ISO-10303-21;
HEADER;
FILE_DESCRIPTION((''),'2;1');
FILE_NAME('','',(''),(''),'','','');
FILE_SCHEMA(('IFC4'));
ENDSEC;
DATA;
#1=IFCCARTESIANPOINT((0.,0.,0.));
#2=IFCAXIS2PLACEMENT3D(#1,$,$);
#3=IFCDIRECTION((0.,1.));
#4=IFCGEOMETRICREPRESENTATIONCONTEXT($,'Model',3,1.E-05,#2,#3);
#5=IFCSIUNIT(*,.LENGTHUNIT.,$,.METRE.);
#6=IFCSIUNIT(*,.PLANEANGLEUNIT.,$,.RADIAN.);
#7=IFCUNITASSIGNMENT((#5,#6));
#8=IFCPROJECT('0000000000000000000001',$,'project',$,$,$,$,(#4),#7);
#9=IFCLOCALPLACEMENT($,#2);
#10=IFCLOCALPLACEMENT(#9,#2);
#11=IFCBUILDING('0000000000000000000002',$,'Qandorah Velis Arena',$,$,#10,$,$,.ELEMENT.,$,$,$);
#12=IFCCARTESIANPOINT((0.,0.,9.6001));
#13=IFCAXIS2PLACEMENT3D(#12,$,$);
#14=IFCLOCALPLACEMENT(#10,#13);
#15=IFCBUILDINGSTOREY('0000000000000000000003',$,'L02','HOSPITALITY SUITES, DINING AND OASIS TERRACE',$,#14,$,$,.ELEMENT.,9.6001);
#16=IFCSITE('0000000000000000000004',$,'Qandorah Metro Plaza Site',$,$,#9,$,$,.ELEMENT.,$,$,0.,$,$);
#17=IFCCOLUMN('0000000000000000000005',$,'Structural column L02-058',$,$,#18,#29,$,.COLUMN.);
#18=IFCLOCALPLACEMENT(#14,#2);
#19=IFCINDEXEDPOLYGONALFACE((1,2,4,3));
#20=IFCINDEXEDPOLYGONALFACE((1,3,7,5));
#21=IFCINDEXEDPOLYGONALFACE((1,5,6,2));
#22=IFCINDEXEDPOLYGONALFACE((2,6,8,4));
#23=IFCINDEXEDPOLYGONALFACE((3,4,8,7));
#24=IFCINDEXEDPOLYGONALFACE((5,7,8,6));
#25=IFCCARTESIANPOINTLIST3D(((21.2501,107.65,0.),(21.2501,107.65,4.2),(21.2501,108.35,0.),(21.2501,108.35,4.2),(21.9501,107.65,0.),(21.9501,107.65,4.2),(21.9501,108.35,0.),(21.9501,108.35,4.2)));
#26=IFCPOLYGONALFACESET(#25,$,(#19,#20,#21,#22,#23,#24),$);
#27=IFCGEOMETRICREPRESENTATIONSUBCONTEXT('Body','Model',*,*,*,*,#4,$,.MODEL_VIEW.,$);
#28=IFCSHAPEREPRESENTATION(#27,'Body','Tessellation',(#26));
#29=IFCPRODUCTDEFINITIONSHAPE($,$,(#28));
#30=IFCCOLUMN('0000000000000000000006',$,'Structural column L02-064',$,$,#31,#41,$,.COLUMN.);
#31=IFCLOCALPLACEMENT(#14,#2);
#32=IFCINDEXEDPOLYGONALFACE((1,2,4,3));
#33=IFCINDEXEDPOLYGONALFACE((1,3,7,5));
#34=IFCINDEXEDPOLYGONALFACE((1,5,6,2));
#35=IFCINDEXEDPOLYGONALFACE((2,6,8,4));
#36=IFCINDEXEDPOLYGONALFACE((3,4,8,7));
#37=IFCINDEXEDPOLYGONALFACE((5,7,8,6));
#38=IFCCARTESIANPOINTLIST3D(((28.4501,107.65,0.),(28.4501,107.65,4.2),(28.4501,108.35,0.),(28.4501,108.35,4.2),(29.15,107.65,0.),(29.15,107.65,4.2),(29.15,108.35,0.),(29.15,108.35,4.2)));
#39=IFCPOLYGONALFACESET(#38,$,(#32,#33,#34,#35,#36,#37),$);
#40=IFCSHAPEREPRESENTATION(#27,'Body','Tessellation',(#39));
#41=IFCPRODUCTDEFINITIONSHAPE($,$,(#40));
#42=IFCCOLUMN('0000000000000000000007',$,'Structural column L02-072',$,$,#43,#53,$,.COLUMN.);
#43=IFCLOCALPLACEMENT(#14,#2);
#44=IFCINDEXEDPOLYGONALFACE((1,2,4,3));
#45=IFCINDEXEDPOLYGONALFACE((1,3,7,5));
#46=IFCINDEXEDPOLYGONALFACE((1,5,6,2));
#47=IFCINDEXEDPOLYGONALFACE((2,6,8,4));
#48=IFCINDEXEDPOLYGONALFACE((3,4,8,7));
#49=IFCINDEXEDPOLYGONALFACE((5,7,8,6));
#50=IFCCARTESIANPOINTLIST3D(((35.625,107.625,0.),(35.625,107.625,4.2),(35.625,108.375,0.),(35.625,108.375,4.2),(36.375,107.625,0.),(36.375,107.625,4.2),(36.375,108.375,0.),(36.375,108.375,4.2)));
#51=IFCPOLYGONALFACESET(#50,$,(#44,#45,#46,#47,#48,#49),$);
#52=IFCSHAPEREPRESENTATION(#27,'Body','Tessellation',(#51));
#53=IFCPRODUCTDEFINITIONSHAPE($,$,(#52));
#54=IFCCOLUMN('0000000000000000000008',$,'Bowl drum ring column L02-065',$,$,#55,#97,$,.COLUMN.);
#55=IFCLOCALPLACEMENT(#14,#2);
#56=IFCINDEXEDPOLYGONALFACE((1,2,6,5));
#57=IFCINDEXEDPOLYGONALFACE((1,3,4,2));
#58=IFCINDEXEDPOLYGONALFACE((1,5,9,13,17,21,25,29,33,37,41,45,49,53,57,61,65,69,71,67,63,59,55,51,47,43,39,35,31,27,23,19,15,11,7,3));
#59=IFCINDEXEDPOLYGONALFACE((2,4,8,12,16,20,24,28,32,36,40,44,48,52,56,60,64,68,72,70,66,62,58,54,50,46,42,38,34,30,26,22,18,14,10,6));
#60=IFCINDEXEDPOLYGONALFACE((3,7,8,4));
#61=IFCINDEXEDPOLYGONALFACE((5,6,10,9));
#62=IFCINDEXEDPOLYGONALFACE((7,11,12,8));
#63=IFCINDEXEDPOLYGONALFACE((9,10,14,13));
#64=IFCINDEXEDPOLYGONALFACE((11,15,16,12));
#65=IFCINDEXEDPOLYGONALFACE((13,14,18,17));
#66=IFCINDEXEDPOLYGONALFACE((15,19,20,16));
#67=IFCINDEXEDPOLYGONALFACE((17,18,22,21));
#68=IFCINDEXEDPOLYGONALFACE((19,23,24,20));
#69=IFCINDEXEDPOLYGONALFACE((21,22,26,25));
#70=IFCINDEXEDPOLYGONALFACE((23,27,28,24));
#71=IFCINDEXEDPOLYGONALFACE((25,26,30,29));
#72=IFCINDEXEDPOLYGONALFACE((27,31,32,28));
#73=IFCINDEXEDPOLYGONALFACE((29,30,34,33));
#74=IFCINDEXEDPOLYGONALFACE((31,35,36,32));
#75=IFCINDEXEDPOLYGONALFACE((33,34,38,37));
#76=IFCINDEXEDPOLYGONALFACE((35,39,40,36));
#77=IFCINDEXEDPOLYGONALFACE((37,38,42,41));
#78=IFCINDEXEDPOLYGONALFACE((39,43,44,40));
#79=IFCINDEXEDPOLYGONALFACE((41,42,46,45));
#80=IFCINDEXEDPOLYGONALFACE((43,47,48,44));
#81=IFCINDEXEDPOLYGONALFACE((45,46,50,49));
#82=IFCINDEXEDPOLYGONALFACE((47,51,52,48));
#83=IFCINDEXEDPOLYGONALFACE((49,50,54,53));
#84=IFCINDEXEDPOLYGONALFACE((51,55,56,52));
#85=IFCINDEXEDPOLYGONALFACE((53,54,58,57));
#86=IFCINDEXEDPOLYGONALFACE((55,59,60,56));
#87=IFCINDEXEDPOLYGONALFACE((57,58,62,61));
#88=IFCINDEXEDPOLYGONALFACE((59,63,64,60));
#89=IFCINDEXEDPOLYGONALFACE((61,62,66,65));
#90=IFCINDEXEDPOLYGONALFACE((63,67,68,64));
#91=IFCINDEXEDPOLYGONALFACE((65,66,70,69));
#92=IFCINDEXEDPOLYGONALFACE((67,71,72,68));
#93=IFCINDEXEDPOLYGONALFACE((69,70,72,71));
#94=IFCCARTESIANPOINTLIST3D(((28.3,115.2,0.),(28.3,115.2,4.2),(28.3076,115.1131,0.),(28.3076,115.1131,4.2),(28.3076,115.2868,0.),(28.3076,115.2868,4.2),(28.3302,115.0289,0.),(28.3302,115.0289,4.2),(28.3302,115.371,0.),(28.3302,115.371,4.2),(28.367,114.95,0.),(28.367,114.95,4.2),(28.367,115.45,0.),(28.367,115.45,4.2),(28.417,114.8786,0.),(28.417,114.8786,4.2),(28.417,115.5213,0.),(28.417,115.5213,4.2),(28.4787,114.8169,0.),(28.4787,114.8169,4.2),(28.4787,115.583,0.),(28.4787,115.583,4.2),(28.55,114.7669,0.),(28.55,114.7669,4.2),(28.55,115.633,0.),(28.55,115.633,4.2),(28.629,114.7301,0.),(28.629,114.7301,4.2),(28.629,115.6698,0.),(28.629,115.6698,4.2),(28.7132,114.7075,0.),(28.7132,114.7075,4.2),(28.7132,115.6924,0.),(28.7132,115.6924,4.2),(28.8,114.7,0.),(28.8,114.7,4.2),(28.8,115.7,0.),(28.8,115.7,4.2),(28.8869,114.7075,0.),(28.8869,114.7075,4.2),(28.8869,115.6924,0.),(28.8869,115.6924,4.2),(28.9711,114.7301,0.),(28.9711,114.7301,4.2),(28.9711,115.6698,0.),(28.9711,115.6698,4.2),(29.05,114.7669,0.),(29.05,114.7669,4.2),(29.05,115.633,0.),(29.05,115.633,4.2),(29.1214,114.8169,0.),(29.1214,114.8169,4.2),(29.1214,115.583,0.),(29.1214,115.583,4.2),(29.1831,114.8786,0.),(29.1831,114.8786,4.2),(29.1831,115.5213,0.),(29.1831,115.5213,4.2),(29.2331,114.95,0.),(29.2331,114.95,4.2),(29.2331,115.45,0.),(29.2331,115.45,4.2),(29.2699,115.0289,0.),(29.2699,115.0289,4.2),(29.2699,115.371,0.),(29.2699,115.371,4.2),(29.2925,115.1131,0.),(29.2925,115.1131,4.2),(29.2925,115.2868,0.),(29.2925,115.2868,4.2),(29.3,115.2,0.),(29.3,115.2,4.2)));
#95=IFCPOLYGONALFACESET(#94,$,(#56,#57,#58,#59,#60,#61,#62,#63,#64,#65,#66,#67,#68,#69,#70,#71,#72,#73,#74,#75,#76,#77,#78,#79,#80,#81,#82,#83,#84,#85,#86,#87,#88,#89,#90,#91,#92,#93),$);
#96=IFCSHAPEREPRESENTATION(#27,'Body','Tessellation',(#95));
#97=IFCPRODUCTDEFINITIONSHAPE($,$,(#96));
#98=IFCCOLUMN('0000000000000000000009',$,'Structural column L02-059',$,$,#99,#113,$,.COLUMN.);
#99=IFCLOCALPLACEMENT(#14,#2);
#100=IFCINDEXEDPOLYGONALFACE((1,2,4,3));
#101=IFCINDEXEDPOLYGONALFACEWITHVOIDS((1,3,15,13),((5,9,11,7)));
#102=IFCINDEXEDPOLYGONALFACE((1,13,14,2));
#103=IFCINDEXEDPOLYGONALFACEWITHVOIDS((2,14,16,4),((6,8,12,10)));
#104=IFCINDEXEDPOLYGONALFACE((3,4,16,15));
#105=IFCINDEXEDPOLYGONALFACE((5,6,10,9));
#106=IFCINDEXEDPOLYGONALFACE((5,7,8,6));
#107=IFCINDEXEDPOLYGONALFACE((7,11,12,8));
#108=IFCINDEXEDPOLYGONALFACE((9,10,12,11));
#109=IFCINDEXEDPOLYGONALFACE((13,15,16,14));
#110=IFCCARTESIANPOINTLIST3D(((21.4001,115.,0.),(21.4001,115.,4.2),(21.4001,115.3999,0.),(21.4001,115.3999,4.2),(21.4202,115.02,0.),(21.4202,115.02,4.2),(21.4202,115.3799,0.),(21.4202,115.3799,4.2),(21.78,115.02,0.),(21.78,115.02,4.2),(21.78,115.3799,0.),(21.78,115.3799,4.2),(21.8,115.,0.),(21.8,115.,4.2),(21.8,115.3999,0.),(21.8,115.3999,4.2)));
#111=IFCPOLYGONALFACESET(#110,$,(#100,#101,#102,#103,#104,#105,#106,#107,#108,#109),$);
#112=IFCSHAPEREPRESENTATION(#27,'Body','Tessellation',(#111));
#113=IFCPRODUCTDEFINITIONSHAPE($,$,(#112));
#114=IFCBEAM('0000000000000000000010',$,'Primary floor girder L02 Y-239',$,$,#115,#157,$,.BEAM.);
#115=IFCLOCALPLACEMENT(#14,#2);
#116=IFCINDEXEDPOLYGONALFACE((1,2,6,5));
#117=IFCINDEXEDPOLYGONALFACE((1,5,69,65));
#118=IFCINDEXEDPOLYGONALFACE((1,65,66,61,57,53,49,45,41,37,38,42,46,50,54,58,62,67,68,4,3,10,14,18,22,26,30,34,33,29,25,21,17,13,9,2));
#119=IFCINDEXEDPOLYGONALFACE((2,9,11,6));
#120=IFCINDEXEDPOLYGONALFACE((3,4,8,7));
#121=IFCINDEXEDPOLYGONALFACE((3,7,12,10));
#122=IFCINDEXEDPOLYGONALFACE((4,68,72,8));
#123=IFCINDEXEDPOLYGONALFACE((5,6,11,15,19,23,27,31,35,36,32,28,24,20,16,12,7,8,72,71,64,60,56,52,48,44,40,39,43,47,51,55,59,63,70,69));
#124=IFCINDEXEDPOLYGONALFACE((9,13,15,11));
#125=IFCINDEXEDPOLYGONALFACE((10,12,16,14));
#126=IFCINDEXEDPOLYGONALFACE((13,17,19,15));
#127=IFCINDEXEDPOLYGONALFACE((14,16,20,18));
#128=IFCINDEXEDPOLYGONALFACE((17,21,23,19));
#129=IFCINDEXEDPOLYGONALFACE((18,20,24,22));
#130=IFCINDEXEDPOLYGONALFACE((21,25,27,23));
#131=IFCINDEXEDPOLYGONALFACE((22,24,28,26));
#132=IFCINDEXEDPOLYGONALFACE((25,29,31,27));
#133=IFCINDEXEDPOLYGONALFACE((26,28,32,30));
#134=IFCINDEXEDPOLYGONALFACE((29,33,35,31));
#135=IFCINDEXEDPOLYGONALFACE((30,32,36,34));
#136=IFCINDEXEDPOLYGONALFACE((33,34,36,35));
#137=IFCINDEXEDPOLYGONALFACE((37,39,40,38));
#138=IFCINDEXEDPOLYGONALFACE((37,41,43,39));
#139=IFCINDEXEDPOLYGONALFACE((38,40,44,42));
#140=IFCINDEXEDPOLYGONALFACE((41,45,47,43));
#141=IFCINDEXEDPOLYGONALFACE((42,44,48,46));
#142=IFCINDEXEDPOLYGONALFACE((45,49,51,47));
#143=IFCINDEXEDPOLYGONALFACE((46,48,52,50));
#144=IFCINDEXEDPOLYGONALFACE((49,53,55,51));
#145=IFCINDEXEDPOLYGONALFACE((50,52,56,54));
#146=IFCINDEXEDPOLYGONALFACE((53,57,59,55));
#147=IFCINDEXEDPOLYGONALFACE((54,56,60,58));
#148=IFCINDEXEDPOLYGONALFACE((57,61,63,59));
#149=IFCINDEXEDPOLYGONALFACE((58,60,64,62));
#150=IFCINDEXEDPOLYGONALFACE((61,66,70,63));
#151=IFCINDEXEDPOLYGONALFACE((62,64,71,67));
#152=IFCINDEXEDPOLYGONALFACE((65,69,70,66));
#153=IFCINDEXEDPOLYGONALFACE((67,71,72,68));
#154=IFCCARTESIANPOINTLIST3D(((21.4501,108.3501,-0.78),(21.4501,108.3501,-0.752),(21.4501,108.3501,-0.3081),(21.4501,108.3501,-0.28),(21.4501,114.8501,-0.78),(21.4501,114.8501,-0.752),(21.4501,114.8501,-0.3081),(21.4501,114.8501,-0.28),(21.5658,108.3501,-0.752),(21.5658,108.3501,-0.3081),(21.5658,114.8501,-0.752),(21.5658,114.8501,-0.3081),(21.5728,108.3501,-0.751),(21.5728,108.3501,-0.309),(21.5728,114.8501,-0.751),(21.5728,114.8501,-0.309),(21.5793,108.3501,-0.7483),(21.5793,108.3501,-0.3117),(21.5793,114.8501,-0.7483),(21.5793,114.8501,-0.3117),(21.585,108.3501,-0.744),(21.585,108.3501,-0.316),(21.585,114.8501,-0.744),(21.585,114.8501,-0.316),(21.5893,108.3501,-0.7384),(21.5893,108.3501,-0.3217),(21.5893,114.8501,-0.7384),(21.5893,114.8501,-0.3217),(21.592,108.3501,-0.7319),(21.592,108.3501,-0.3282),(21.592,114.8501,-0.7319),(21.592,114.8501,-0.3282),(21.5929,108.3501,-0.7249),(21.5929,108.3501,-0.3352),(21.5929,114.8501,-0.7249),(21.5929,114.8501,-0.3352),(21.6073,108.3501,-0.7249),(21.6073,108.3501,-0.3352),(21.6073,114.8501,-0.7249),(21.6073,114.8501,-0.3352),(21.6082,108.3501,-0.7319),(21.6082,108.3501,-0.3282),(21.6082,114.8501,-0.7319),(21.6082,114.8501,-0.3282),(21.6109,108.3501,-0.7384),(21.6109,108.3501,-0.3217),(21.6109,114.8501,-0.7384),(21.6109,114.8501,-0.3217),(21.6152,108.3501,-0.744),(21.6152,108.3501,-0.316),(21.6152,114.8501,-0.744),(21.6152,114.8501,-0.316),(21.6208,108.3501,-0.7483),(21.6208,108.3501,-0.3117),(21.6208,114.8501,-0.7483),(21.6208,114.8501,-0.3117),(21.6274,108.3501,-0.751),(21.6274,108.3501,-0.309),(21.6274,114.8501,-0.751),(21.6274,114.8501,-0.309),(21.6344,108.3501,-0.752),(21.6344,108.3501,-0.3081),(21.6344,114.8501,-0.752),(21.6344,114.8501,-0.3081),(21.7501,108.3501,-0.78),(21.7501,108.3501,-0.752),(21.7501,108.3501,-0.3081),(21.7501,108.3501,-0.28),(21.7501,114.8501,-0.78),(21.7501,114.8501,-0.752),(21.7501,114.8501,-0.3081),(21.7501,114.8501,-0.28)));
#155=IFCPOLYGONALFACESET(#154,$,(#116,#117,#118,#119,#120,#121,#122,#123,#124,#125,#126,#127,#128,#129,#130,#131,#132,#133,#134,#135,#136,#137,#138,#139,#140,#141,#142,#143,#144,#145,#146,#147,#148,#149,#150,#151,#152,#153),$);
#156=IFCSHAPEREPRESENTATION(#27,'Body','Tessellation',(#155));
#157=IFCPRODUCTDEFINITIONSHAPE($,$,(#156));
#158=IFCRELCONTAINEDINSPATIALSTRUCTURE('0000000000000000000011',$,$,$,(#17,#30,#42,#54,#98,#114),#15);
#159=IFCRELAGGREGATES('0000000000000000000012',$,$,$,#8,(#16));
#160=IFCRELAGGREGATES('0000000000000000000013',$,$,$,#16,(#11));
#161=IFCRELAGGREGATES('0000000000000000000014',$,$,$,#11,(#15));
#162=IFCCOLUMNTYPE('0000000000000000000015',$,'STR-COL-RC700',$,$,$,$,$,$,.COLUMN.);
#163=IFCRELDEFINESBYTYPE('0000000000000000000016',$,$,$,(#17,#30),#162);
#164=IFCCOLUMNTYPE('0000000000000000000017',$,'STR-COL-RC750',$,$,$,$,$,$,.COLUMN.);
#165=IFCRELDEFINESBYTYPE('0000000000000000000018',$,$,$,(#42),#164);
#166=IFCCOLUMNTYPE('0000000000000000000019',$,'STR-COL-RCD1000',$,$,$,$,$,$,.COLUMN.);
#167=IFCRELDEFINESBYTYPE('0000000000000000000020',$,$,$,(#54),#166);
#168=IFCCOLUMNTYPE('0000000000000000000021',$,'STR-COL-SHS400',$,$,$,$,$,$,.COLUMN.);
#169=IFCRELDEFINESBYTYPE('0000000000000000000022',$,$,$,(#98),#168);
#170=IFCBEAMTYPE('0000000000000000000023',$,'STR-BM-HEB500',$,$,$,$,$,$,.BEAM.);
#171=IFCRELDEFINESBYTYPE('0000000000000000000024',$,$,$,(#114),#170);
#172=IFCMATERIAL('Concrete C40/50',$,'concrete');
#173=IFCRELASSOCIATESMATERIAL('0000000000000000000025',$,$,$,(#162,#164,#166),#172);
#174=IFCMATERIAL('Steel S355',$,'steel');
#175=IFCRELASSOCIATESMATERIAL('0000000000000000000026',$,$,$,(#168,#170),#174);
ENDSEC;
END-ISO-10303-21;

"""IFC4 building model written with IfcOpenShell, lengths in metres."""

from ifc_helpers import new_model, si_unit, direction, frame, origin, origin_2d, place, context, subcontext, project, spatial, rectangle, hollow_rectangle, circle, i_section, extrude, material, material_profile, profile_set, type_object, element, save


model = new_model("IFC4")

# Units and contexts
model_context = context("Model", 3, precision=1e-05, world=origin(), true_north=direction((0.0, 1.0)))
body_context = subcontext(model_context, "Body", "Model", "MODEL_VIEW")
ifc_project = project(units=[si_unit("LENGTHUNIT", "METRE"), si_unit("PLANEANGLEUNIT", "RADIAN")], contexts=[model_context])

# Site, building, storey
site_placement = place(None, origin())
site = spatial("IfcSite", under=ifc_project, at=site_placement, Name="Qandorah Metro Plaza Site", CompositionType="ELEMENT", RefElevation=0.0)
building_placement = place(site_placement, origin())
building = spatial("IfcBuilding", under=site, at=building_placement, Name="Qandorah Velis Arena", CompositionType="ELEMENT")
storey_placement = place(building_placement, frame((0.0, 0.0, 9.6001)))
storey = spatial("IfcBuildingStorey", under=building, at=storey_placement, Name="L02", Description="HOSPITALITY SUITES, DINING AND OASIS TERRACE", CompositionType="ELEMENT", Elevation=9.6001)

# Columns
ifc_material_1 = material(Name="Concrete C40/50", Category="concrete")
ifc_material_profile_1 = material_profile(ifc_material_1, rectangle(XDim=0.7, YDim=0.7, at=origin_2d()), Name="RC COL 700x700")
ifc_profile_set_1 = profile_set([ifc_material_profile_1], Name="Concrete C40/50")
column_type_1 = type_object("IfcColumnType", Name="STR-COL-RC700", PredefinedType="COLUMN", material=ifc_profile_set_1)
for number, where, z_axis, x_axis, name in (
    (1, (21.6001, 108.0, 0.0), (0.0, 0.0, 1.0), (1.0, 0.0, 0.0), "Structural column L02-058"),
    (2, (28.8, 108.0, 0.0), (0.0, 0.0, 1.0), (1.0, 0.0, 0.0), "Structural column L02-064"),
):
    element("IfcColumn", number, at=place(storey_placement, frame(where, z_axis=z_axis, x_axis=x_axis)), inside=storey, type_object=column_type_1, Name=name, PredefinedType="COLUMN", context=body_context, shape_type="SweptSolid", body=[
        extrude(rectangle(XDim=0.7, YDim=0.7, at=origin_2d()), origin(), (0.0, 0.0, 1.0), 4.2),
    ])
ifc_material_profile_2 = material_profile(ifc_material_1, rectangle(XDim=0.75, YDim=0.75, at=origin_2d()), Name="RC COL 750x750")
ifc_profile_set_2 = profile_set([ifc_material_profile_2], Name="Concrete C40/50")
column_type_2 = type_object("IfcColumnType", Name="STR-COL-RC750", PredefinedType="COLUMN", material=ifc_profile_set_2)
column_1_placement = place(storey_placement, frame((36.0, 108.0, 0.0), z_axis=(0.0, 0.0, 1.0), x_axis=(1.0, 0.0, 0.0)))
element("IfcColumn", 3, at=column_1_placement, inside=storey, type_object=column_type_2, Name="Structural column L02-072", PredefinedType="COLUMN", context=body_context, shape_type="SweptSolid", body=[
    extrude(rectangle(XDim=0.75, YDim=0.75, at=origin_2d()), origin(), (0.0, 0.0, 1.0), 4.2),
])
ifc_material_profile_3 = material_profile(ifc_material_1, circle(Radius=0.5, at=origin_2d()), Name="RC D1000")
ifc_profile_set_3 = profile_set([ifc_material_profile_3], Name="Concrete C40/50")
column_type_3 = type_object("IfcColumnType", Name="STR-COL-RCD1000", PredefinedType="COLUMN", material=ifc_profile_set_3)
column_2_placement = place(storey_placement, frame((28.8, 115.2, 0.0), z_axis=(0.0, 0.0, 1.0), x_axis=(1.0, 0.0, 0.0)))
element("IfcColumn", 4, at=column_2_placement, inside=storey, type_object=column_type_3, Name="Bowl drum ring column L02-065", PredefinedType="COLUMN", context=body_context, shape_type="SweptSolid", body=[
    extrude(circle(Radius=0.5, at=origin_2d()), origin(), (0.0, 0.0, 1.0), 4.2),
])
ifc_material_2 = material(Name="Steel S355", Category="steel")
ifc_material_profile_4 = material_profile(ifc_material_2, hollow_rectangle(XDim=0.3999, YDim=0.3999, WallThickness=0.02, at=origin_2d()), Name="SHS 400x400x20")
ifc_profile_set_4 = profile_set([ifc_material_profile_4], Name="Steel S355")
column_type_4 = type_object("IfcColumnType", Name="STR-COL-SHS400", PredefinedType="COLUMN", material=ifc_profile_set_4)
column_3_placement = place(storey_placement, frame((21.6001, 115.2, 0.0), z_axis=(0.0, 0.0, 1.0), x_axis=(1.0, 0.0, 0.0)))
element("IfcColumn", 5, at=column_3_placement, inside=storey, type_object=column_type_4, Name="Structural column L02-059", PredefinedType="COLUMN", context=body_context, shape_type="SweptSolid", body=[
    extrude(hollow_rectangle(XDim=0.3999, YDim=0.3999, WallThickness=0.02, at=origin_2d()), origin(), (0.0, 0.0, 1.0), 4.2),
])

# Beam
ifc_material_profile_5 = material_profile(ifc_material_2, i_section(OverallWidth=0.3, OverallDepth=0.5, WebThickness=0.0144, FlangeThickness=0.0281, FilletRadius=0.0271, at=origin_2d()), Name="HEB 500")
ifc_profile_set_5 = profile_set([ifc_material_profile_5], Name="Steel S355")
beam_type_1 = type_object("IfcBeamType", Name="STR-BM-HEB500", PredefinedType="BEAM", material=ifc_profile_set_5)
beam_1_placement = place(storey_placement, frame((21.6001, 108.3501, -0.53), z_axis=(0.0, 1.0, 0.0), x_axis=(-1.0, 0.0, 0.0)))
element("IfcBeam", 6, at=beam_1_placement, inside=storey, type_object=beam_type_1, Name="Primary floor girder L02 Y-239", PredefinedType="BEAM", context=body_context, shape_type="SweptSolid", body=[
    extrude(i_section(OverallWidth=0.3, OverallDepth=0.5, WebThickness=0.0144, FlangeThickness=0.0281, FilletRadius=0.0271, at=origin_2d()), origin(), (0.0, 0.0, 1.0), 6.5),
])

save(model, "model.ifc")
